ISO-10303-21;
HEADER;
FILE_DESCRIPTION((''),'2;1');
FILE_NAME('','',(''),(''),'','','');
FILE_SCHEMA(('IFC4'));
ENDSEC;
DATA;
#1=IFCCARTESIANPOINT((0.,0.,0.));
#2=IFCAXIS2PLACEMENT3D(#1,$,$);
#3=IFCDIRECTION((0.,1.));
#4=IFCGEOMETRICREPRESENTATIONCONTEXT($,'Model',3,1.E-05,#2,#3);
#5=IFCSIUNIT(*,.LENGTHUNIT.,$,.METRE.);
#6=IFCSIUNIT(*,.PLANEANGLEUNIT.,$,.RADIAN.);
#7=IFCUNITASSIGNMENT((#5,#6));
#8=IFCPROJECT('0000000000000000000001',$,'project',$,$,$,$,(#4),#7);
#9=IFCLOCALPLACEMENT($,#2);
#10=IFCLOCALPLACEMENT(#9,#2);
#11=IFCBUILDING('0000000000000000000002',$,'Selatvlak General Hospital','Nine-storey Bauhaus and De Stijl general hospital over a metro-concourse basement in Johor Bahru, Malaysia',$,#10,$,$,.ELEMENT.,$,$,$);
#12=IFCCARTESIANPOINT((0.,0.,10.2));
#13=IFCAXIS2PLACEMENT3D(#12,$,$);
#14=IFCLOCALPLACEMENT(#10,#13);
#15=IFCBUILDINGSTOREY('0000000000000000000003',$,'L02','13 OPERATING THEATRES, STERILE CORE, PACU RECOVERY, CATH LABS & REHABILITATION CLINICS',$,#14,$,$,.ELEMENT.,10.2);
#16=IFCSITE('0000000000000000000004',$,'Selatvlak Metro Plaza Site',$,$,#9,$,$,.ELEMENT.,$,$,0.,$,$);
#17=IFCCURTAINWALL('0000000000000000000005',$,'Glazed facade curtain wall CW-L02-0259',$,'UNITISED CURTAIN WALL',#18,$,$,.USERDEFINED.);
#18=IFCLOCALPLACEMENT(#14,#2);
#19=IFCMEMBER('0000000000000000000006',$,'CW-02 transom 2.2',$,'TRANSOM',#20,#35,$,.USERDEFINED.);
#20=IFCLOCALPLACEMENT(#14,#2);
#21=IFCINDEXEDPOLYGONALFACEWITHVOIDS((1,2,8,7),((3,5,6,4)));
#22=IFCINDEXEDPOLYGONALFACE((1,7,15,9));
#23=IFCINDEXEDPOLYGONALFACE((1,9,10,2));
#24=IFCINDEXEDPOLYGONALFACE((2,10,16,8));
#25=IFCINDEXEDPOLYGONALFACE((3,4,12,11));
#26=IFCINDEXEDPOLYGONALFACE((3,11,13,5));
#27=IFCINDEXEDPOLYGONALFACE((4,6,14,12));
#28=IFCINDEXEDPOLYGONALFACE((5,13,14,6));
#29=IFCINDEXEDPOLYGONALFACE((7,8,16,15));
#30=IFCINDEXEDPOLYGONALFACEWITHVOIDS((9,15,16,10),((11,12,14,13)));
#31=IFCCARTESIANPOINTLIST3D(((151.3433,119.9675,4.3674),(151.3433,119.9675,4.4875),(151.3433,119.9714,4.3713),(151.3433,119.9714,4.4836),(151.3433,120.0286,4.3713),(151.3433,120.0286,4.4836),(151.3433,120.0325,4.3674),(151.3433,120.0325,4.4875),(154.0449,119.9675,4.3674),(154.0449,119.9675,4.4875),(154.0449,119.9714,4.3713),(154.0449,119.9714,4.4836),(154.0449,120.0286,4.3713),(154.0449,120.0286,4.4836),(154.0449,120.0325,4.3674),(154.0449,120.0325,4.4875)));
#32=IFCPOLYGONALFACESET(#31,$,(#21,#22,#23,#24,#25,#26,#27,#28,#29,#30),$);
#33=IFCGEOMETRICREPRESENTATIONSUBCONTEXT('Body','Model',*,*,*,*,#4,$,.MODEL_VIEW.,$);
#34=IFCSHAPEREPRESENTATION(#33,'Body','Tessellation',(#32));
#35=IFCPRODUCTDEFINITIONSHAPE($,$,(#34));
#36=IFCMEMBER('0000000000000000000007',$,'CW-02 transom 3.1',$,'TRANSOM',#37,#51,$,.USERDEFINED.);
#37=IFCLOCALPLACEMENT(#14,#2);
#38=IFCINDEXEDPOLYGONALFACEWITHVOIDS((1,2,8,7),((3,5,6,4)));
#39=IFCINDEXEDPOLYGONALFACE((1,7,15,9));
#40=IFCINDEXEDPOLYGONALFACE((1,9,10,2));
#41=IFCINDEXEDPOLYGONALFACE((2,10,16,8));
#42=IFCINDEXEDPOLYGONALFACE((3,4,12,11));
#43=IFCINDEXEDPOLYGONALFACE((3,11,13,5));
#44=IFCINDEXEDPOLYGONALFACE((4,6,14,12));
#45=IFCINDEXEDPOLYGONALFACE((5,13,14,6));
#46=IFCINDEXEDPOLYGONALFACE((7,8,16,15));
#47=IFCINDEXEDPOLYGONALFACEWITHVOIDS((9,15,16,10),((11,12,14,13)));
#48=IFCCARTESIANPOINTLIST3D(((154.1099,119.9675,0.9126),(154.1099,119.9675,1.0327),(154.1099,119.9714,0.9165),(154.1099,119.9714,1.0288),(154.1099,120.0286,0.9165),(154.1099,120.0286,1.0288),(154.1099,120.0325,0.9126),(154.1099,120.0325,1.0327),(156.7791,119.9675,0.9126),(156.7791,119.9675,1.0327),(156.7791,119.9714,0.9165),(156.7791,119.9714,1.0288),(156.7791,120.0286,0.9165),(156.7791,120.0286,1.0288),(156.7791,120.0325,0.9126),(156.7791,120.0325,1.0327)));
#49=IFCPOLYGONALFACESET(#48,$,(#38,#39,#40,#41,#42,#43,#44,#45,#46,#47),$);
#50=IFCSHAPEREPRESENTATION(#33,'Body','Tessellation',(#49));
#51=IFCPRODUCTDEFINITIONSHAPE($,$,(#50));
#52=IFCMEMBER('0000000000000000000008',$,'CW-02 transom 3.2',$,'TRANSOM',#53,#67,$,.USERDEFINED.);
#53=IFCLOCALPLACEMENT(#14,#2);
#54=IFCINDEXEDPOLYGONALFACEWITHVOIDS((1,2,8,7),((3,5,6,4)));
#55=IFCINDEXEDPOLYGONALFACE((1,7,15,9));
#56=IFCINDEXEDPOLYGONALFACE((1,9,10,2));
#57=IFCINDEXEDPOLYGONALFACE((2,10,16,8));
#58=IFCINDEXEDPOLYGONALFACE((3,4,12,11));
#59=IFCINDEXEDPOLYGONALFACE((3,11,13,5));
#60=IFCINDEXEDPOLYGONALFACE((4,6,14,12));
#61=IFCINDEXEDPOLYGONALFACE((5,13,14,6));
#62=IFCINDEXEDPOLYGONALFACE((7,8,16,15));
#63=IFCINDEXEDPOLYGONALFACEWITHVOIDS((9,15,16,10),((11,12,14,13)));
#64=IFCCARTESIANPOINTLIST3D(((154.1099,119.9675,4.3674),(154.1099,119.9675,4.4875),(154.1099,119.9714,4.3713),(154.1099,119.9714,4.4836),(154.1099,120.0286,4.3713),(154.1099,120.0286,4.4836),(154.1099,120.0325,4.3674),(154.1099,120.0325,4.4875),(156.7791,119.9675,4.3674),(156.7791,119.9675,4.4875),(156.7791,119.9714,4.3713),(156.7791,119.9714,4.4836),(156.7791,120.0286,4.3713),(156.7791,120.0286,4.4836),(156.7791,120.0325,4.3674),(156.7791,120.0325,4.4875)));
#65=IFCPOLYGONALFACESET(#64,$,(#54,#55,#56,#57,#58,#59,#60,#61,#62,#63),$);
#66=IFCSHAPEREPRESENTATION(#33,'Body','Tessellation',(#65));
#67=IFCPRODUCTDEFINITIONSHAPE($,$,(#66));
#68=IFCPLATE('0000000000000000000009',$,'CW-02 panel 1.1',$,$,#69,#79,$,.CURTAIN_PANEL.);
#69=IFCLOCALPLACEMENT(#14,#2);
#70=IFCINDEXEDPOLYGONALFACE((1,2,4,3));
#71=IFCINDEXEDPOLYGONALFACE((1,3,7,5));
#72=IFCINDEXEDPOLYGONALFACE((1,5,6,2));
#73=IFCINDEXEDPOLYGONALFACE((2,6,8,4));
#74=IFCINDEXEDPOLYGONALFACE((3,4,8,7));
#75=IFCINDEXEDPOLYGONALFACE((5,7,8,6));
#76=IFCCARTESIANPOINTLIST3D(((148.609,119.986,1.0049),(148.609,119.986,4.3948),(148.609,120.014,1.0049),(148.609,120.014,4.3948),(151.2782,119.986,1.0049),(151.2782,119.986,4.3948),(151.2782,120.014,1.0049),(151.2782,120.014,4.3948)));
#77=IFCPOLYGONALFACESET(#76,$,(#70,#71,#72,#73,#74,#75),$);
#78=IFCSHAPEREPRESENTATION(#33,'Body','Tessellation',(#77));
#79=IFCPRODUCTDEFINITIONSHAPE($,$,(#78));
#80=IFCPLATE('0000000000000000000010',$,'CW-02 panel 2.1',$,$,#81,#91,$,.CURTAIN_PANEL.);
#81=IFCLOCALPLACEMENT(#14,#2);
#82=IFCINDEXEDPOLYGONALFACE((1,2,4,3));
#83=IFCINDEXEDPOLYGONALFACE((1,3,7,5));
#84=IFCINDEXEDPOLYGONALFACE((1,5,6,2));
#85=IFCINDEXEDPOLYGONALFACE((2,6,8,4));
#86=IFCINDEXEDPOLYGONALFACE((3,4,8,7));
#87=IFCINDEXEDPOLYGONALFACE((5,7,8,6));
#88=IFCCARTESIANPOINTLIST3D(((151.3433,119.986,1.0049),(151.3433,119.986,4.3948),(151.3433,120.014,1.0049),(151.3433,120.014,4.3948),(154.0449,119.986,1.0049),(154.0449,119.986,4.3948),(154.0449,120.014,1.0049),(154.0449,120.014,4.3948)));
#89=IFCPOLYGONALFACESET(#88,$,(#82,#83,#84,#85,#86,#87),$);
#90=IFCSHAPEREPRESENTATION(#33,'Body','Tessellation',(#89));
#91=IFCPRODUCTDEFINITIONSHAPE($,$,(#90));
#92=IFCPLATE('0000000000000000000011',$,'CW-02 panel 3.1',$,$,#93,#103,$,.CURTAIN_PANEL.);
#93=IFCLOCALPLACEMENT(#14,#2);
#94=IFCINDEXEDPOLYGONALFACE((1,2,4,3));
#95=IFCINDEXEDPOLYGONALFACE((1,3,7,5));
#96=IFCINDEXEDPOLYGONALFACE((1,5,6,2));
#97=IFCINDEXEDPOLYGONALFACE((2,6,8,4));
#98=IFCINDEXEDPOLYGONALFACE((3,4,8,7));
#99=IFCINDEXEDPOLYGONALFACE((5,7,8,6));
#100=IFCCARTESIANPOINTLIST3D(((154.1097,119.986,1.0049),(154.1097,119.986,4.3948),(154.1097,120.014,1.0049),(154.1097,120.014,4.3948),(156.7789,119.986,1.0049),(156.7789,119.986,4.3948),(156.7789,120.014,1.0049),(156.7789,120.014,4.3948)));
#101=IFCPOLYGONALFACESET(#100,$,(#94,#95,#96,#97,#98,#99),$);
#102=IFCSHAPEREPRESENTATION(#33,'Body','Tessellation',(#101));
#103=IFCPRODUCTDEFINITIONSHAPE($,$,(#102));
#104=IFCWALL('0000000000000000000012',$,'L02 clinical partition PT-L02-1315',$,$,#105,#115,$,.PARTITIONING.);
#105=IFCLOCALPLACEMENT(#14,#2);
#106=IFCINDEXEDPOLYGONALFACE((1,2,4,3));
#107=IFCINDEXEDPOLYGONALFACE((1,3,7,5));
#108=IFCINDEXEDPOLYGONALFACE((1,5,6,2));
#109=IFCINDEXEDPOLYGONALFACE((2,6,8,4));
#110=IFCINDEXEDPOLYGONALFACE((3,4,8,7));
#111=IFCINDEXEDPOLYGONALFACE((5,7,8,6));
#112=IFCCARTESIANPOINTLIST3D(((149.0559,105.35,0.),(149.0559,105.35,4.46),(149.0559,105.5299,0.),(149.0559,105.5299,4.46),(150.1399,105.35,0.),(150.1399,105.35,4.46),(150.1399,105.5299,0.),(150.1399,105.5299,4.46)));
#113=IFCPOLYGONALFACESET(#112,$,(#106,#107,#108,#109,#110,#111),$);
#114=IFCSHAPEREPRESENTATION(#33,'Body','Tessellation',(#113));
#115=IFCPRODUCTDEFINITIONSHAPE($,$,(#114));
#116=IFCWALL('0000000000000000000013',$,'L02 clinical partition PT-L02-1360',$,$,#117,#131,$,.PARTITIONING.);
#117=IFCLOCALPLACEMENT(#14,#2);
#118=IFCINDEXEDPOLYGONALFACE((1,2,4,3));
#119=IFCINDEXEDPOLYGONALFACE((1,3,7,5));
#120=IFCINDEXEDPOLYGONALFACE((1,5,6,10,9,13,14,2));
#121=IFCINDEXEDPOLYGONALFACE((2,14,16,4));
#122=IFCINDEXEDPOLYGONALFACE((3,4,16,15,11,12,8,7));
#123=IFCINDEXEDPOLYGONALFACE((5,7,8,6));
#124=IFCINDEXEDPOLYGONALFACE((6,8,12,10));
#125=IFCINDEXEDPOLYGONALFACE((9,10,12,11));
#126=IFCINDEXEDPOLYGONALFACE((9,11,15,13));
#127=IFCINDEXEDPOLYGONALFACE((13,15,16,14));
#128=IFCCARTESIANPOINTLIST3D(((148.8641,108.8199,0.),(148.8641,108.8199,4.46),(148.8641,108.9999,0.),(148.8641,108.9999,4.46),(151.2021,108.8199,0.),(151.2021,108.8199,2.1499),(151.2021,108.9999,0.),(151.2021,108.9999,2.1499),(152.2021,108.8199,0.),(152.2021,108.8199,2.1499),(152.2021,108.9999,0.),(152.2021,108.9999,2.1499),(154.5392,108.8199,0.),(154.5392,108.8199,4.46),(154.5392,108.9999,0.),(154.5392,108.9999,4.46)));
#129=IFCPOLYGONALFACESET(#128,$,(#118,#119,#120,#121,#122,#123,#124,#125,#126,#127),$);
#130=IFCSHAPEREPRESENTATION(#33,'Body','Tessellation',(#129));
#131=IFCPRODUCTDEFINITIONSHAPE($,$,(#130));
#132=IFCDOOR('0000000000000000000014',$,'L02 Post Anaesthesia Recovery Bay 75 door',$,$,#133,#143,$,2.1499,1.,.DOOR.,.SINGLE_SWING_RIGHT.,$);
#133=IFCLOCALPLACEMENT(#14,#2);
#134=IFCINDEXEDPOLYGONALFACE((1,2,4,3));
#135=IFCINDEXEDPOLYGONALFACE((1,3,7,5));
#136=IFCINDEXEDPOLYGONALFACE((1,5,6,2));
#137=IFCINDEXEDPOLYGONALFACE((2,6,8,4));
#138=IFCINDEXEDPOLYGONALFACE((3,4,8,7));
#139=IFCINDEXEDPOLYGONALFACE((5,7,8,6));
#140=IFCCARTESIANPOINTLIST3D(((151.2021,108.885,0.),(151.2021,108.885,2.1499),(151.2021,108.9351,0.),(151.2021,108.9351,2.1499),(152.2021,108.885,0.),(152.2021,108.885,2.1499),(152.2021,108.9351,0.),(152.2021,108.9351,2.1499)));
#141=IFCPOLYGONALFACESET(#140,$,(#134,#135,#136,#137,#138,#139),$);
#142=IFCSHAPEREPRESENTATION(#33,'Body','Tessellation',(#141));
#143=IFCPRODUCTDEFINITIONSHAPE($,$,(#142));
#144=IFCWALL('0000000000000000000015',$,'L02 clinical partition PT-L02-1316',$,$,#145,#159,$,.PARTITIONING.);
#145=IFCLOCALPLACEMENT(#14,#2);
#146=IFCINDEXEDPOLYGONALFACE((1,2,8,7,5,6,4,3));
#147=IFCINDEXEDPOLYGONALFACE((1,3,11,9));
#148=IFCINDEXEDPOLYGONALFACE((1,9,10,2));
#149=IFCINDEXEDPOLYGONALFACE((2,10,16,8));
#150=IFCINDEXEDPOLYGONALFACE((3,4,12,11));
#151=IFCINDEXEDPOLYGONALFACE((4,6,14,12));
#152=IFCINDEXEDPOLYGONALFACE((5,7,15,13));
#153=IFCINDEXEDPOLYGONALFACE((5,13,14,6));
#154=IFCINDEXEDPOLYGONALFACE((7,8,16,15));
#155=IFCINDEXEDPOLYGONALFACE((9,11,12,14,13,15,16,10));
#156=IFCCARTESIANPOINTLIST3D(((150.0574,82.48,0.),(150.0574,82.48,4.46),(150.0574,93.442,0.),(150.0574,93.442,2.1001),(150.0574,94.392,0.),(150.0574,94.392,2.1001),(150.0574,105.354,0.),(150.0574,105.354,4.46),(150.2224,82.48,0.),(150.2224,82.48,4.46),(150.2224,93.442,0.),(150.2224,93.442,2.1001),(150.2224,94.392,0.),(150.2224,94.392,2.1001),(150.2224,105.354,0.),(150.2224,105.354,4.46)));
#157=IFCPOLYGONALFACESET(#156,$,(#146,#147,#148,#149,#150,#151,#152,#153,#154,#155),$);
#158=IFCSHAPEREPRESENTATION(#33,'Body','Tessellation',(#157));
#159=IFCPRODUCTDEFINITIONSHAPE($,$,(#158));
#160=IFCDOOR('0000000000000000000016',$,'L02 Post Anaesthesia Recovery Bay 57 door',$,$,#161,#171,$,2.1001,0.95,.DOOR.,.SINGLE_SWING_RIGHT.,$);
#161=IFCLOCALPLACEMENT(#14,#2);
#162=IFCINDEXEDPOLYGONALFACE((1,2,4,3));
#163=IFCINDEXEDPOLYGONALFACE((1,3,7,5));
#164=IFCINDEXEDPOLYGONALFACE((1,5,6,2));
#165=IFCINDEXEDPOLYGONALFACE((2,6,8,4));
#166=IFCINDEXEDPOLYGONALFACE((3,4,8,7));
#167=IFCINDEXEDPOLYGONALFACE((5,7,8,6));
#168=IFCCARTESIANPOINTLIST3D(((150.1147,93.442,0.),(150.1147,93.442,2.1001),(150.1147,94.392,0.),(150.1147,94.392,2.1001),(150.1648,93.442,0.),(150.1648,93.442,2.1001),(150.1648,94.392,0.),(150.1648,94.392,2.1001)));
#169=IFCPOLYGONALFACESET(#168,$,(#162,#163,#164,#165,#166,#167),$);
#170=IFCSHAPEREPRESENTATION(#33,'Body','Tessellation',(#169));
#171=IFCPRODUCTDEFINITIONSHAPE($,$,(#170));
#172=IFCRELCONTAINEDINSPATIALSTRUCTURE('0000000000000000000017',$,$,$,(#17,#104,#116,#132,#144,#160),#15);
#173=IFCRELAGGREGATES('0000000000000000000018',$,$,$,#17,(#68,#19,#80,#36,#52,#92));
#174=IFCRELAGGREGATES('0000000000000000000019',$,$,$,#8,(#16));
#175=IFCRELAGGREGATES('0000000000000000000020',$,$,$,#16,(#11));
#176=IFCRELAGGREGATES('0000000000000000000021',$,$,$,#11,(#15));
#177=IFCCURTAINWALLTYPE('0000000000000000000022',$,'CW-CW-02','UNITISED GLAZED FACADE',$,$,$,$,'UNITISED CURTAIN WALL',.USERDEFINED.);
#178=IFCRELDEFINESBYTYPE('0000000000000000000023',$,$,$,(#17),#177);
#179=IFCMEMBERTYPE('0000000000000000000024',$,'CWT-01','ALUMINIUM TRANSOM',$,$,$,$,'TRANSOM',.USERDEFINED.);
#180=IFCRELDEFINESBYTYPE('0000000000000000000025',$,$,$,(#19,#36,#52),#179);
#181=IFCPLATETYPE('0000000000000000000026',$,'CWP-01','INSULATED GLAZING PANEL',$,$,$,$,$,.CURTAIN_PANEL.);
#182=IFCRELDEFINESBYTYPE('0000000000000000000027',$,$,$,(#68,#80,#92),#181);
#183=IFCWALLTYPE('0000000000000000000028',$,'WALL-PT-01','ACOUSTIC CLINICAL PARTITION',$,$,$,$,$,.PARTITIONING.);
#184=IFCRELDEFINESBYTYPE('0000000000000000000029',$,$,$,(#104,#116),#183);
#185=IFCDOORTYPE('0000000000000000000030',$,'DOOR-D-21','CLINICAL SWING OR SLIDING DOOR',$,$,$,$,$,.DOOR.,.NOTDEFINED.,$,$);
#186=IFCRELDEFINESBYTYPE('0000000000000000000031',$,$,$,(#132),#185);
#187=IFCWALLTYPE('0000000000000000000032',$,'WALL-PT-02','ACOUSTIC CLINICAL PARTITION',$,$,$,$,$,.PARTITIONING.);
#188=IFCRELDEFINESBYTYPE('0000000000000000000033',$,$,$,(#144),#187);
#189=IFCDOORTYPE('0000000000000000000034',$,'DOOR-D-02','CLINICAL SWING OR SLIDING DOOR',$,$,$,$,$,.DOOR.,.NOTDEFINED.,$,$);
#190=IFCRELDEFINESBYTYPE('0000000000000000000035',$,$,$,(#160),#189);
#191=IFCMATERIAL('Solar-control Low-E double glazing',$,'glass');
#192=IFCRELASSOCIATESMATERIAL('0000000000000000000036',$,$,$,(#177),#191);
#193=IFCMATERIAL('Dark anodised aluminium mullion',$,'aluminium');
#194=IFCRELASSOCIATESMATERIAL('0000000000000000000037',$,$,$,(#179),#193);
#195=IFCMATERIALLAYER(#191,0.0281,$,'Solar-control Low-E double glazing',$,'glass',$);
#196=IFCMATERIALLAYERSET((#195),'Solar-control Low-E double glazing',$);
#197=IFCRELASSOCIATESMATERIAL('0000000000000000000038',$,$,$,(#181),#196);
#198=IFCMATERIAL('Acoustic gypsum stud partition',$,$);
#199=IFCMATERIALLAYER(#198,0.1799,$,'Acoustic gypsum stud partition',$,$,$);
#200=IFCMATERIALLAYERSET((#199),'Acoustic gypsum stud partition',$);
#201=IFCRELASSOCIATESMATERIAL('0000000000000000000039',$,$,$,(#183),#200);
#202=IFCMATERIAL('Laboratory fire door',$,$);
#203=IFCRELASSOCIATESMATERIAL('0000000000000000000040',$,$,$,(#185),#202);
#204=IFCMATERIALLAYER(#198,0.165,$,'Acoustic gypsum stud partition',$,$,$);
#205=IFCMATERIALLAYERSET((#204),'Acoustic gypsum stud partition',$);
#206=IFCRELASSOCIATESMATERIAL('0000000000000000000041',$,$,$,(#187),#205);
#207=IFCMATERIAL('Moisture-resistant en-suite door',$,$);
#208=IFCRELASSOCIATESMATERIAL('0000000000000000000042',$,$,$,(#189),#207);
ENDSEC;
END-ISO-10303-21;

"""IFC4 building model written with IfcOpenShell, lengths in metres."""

from ifc_helpers import new_model, si_unit, direction, frame, frame_2d, origin, origin_2d, place, context, subcontext, project, spatial, rectangle, hollow_rectangle, extrude, material, layer, layer_set, material_profile, profile_set, type_object, element, fill, aggregate, save


model = new_model("IFC4")

# Units and contexts
model_context = context("Model", 3, precision=1e-05, world=origin(), true_north=direction((0.0, 1.0)))
body_context = subcontext(model_context, "Body", "Model", "MODEL_VIEW")
ifc_project = project(units=[si_unit("LENGTHUNIT", "METRE"), si_unit("PLANEANGLEUNIT", "RADIAN")], contexts=[model_context])

# Site, building, storey
site_placement = place(None, origin())
site = spatial("IfcSite", under=ifc_project, at=site_placement, Name="Selatvlak Metro Plaza Site", CompositionType="ELEMENT", RefElevation=0.0)
building_placement = place(site_placement, origin())
building = spatial("IfcBuilding", under=site, at=building_placement, Name="Selatvlak General Hospital", Description="Nine-storey Bauhaus and De Stijl general hospital over a metro-concourse basement in Johor Bahru, Malaysia", CompositionType="ELEMENT")
storey_placement = place(building_placement, frame((0.0, 0.0, 10.2)))
storey = spatial("IfcBuildingStorey", under=building, at=storey_placement, Name="L02", Description="13 OPERATING THEATRES, STERILE CORE, PACU RECOVERY, CATH LABS & REHABILITATION CLINICS", CompositionType="ELEMENT", Elevation=10.2)

# Curtain wall, members, plates
ifc_material_1 = material(Name="Solar-control Low-E double glazing", Category="glass")
curtain_wall_type = type_object("IfcCurtainWallType", Name="CW-CW-02", Description="UNITISED GLAZED FACADE", ElementType="UNITISED CURTAIN WALL", PredefinedType="USERDEFINED", material=ifc_material_1)
curtain_wall_placement = place(storey_placement, origin())
curtain_wall = element("IfcCurtainWall", 1, at=curtain_wall_placement, inside=storey, type_object=curtain_wall_type, Name="Glazed facade curtain wall CW-L02-0259", ObjectType="UNITISED CURTAIN WALL", PredefinedType="USERDEFINED")
ifc_material_2 = material(Name="Dark anodised aluminium mullion", Category="aluminium")
ifc_material_profile_1 = material_profile(ifc_material_2, hollow_rectangle(XDim=0.0649, YDim=0.1201, WallThickness=0.0039, at=origin_2d()), Name="AL-TRN 65x120x4")
ifc_profile_set_1 = profile_set([ifc_material_profile_1], Name="Dark anodised aluminium mullion")
member_type_1 = type_object("IfcMemberType", Name="CWT-01", Description="ALUMINIUM TRANSOM", ElementType="TRANSOM", PredefinedType="USERDEFINED", material=ifc_profile_set_1)
member_1_placement = place(storey_placement, frame((151.3433, 120.0, 4.4275), z_axis=(1.0, 0.0, 0.0), x_axis=(0.0, 1.0, 0.0)))
member_1 = element("IfcMember", 2, at=member_1_placement, type_object=member_type_1, Name="CW-02 transom 2.2", ObjectType="TRANSOM", PredefinedType="USERDEFINED", context=body_context, shape_type="SweptSolid", body=[
    extrude(hollow_rectangle(XDim=0.0649, YDim=0.1201, WallThickness=0.0039, at=origin_2d()), origin(), (0.0, 0.0, 1.0), 2.7017),
])
member_2_placement = place(storey_placement, frame((154.1099, 120.0, 0.9727), z_axis=(1.0, 0.0, 0.0), x_axis=(0.0, 1.0, 0.0)))
member_2 = element("IfcMember", 3, at=member_2_placement, type_object=member_type_1, Name="CW-02 transom 3.1", ObjectType="TRANSOM", PredefinedType="USERDEFINED", context=body_context, shape_type="SweptSolid", body=[
    extrude(hollow_rectangle(XDim=0.0649, YDim=0.1201, WallThickness=0.0039, at=origin_2d()), origin(), (0.0, 0.0, 1.0), 2.6692),
])
member_3_placement = place(storey_placement, frame((154.1099, 120.0, 4.4275), z_axis=(1.0, 0.0, 0.0), x_axis=(0.0, 1.0, 0.0)))
member_3 = element("IfcMember", 4, at=member_3_placement, type_object=member_type_1, Name="CW-02 transom 3.2", ObjectType="TRANSOM", PredefinedType="USERDEFINED", context=body_context, shape_type="SweptSolid", body=[
    extrude(hollow_rectangle(XDim=0.0649, YDim=0.1201, WallThickness=0.0039, at=origin_2d()), origin(), (0.0, 0.0, 1.0), 2.6692),
])
ifc_layer_1 = layer(ifc_material_1, 0.0281, Name="Solar-control Low-E double glazing", Category="glass")
ifc_layer_set_1 = layer_set([ifc_layer_1], Name="Solar-control Low-E double glazing")
plate_type = type_object("IfcPlateType", Name="CWP-01", Description="INSULATED GLAZING PANEL", PredefinedType="CURTAIN_PANEL", material=ifc_layer_set_1)
plate_1_placement = place(storey_placement, frame((149.9436, 120.0, 1.0049), z_axis=(0.0, 0.0, 1.0), x_axis=(1.0, 0.0, 0.0)))
plate_1 = element("IfcPlate", 5, at=plate_1_placement, type_object=plate_type, Name="CW-02 panel 1.1", PredefinedType="CURTAIN_PANEL", context=body_context, shape_type="SweptSolid", body=[
    extrude(rectangle(XDim=2.6692, YDim=0.0281, at=origin_2d()), origin(), (0.0, 0.0, 1.0), 3.3899),
])
plate_2_placement = place(storey_placement, frame((152.6941, 120.0, 1.0049), z_axis=(0.0, 0.0, 1.0), x_axis=(1.0, 0.0, 0.0)))
plate_2 = element("IfcPlate", 6, at=plate_2_placement, type_object=plate_type, Name="CW-02 panel 2.1", PredefinedType="CURTAIN_PANEL", context=body_context, shape_type="SweptSolid", body=[
    extrude(rectangle(XDim=2.7017, YDim=0.0281, at=origin_2d()), origin(), (0.0, 0.0, 1.0), 3.3899),
])
plate_3_placement = place(storey_placement, frame((155.4443, 120.0, 1.0049), z_axis=(0.0, 0.0, 1.0), x_axis=(1.0, 0.0, 0.0)))
plate_3 = element("IfcPlate", 7, at=plate_3_placement, type_object=plate_type, Name="CW-02 panel 3.1", PredefinedType="CURTAIN_PANEL", context=body_context, shape_type="SweptSolid", body=[
    extrude(rectangle(XDim=2.6692, YDim=0.0281, at=origin_2d()), origin(), (0.0, 0.0, 1.0), 3.3899),
])
aggregate(curtain_wall, [plate_1, member_1, plate_2, member_2, member_3, plate_3])

# Wall
ifc_material_3 = material(Name="Acoustic gypsum stud partition")
ifc_layer_2 = layer(ifc_material_3, 0.1799, Name="Acoustic gypsum stud partition")
ifc_layer_set_2 = layer_set([ifc_layer_2], Name="Acoustic gypsum stud partition")
wall_type_1 = type_object("IfcWallType", Name="WALL-PT-01", Description="ACOUSTIC CLINICAL PARTITION", PredefinedType="PARTITIONING", material=ifc_layer_set_2)
wall_1_placement = place(storey_placement, frame((149.0559, 105.4399, 0.0), z_axis=(0.0, 0.0, 1.0), x_axis=(1.0, 0.0, 0.0)))
element("IfcWall", 8, at=wall_1_placement, inside=storey, type_object=wall_type_1, Name="L02 clinical partition PT-L02-1315", PredefinedType="PARTITIONING", context=body_context, shape_type="SweptSolid", body=[
    extrude(rectangle(XDim=1.084, YDim=0.1799, at=frame_2d((0.542, 0.0))), origin(), (0.0, 0.0, 1.0), 4.46),
])

# Walls, openings, doors
wall_2_placement = place(storey_placement, frame((154.5391, 108.9099, 0.0), z_axis=(0.0, 0.0, 1.0), x_axis=(-1.0, 0.0, 0.0)))
wall_2 = element("IfcWall", 9, at=wall_2_placement, inside=storey, type_object=wall_type_1, Name="L02 clinical partition PT-L02-1360", PredefinedType="PARTITIONING", context=body_context, shape_type="SweptSolid", body=[
    extrude(rectangle(XDim=5.675, YDim=0.1799, at=frame_2d((2.8374, 0.0))), origin(), (0.0, 0.0, 1.0), 4.46),
])
opening_1_placement = place(wall_2_placement, frame((2.3369, 0.0, 0.0)))
opening_1 = element("IfcOpeningElement", 10, at=opening_1_placement, cuts=wall_2, PredefinedType="OPENING", context=body_context, shape_type="SweptSolid", body=[
    extrude(rectangle(XDim=1.0, YDim=2.1499, at=frame_2d((0.5, 1.075))), frame((0.0, 0.0999, 0.0), z_axis=(0.0, -1.0, 0.0), x_axis=(1.0, 0.0, 0.0)), (0.0, 0.0, 1.0), 0.2),
])
ifc_material_4 = material(Name="Laboratory fire door")
door_type_1 = type_object("IfcDoorType", Name="DOOR-D-21", Description="CLINICAL SWING OR SLIDING DOOR", OperationType="NOTDEFINED", PredefinedType="DOOR", material=ifc_material_4)
door_1_placement = place(opening_1_placement, origin())
door_1 = element("IfcDoor", 11, at=door_1_placement, inside=storey, type_object=door_type_1, Name="L02 Post Anaesthesia Recovery Bay 75 door", OperationType="SINGLE_SWING_RIGHT", OverallHeight=2.1499, OverallWidth=1.0, PredefinedType="DOOR", context=body_context, shape_type="SweptSolid", body=[
    extrude(rectangle(XDim=1.0, YDim=2.1499, at=frame_2d((0.5, 1.075))), frame((0.0, 0.0249, 0.0), z_axis=(0.0, -1.0, 0.0), x_axis=(1.0, 0.0, 0.0)), (0.0, 0.0, 1.0), 0.05),
])
fill(opening_1, door_1)
ifc_layer_3 = layer(ifc_material_3, 0.165, Name="Acoustic gypsum stud partition")
ifc_layer_set_3 = layer_set([ifc_layer_3], Name="Acoustic gypsum stud partition")
wall_type_2 = type_object("IfcWallType", Name="WALL-PT-02", Description="ACOUSTIC CLINICAL PARTITION", PredefinedType="PARTITIONING", material=ifc_layer_set_3)
wall_3_placement = place(storey_placement, frame((150.1399, 105.354, 0.0), z_axis=(0.0, 0.0, 1.0), x_axis=(0.0, -1.0, 0.0)))
wall_3 = element("IfcWall", 12, at=wall_3_placement, inside=storey, type_object=wall_type_2, Name="L02 clinical partition PT-L02-1316", PredefinedType="PARTITIONING", context=body_context, shape_type="SweptSolid", body=[
    extrude(rectangle(XDim=22.874, YDim=0.165, at=frame_2d((11.437, 0.0))), origin(), (0.0, 0.0, 1.0), 4.46),
])
opening_2_placement = place(wall_3_placement, frame((10.9619, 0.0, 0.0)))
opening_2 = element("IfcOpeningElement", 13, at=opening_2_placement, cuts=wall_3, PredefinedType="OPENING", context=body_context, shape_type="SweptSolid", body=[
    extrude(rectangle(XDim=0.95, YDim=2.1001, at=frame_2d((0.4751, 1.05))), frame((0.0, 0.0925, 0.0), z_axis=(0.0, -1.0, 0.0), x_axis=(1.0, 0.0, 0.0)), (0.0, 0.0, 1.0), 0.1851),
])
ifc_material_5 = material(Name="Moisture-resistant en-suite door")
door_type_2 = type_object("IfcDoorType", Name="DOOR-D-02", Description="CLINICAL SWING OR SLIDING DOOR", OperationType="NOTDEFINED", PredefinedType="DOOR", material=ifc_material_5)
door_2_placement = place(opening_2_placement, origin())
door_2 = element("IfcDoor", 14, at=door_2_placement, inside=storey, type_object=door_type_2, Name="L02 Post Anaesthesia Recovery Bay 57 door", OperationType="SINGLE_SWING_RIGHT", OverallHeight=2.1001, OverallWidth=0.95, PredefinedType="DOOR", context=body_context, shape_type="SweptSolid", body=[
    extrude(rectangle(XDim=0.95, YDim=2.1001, at=frame_2d((0.4751, 1.05))), frame((0.0, 0.0249, 0.0), z_axis=(0.0, -1.0, 0.0), x_axis=(1.0, 0.0, 0.0)), (0.0, 0.0, 1.0), 0.05),
])
fill(opening_2, door_2)

save(model, "model.ifc")
